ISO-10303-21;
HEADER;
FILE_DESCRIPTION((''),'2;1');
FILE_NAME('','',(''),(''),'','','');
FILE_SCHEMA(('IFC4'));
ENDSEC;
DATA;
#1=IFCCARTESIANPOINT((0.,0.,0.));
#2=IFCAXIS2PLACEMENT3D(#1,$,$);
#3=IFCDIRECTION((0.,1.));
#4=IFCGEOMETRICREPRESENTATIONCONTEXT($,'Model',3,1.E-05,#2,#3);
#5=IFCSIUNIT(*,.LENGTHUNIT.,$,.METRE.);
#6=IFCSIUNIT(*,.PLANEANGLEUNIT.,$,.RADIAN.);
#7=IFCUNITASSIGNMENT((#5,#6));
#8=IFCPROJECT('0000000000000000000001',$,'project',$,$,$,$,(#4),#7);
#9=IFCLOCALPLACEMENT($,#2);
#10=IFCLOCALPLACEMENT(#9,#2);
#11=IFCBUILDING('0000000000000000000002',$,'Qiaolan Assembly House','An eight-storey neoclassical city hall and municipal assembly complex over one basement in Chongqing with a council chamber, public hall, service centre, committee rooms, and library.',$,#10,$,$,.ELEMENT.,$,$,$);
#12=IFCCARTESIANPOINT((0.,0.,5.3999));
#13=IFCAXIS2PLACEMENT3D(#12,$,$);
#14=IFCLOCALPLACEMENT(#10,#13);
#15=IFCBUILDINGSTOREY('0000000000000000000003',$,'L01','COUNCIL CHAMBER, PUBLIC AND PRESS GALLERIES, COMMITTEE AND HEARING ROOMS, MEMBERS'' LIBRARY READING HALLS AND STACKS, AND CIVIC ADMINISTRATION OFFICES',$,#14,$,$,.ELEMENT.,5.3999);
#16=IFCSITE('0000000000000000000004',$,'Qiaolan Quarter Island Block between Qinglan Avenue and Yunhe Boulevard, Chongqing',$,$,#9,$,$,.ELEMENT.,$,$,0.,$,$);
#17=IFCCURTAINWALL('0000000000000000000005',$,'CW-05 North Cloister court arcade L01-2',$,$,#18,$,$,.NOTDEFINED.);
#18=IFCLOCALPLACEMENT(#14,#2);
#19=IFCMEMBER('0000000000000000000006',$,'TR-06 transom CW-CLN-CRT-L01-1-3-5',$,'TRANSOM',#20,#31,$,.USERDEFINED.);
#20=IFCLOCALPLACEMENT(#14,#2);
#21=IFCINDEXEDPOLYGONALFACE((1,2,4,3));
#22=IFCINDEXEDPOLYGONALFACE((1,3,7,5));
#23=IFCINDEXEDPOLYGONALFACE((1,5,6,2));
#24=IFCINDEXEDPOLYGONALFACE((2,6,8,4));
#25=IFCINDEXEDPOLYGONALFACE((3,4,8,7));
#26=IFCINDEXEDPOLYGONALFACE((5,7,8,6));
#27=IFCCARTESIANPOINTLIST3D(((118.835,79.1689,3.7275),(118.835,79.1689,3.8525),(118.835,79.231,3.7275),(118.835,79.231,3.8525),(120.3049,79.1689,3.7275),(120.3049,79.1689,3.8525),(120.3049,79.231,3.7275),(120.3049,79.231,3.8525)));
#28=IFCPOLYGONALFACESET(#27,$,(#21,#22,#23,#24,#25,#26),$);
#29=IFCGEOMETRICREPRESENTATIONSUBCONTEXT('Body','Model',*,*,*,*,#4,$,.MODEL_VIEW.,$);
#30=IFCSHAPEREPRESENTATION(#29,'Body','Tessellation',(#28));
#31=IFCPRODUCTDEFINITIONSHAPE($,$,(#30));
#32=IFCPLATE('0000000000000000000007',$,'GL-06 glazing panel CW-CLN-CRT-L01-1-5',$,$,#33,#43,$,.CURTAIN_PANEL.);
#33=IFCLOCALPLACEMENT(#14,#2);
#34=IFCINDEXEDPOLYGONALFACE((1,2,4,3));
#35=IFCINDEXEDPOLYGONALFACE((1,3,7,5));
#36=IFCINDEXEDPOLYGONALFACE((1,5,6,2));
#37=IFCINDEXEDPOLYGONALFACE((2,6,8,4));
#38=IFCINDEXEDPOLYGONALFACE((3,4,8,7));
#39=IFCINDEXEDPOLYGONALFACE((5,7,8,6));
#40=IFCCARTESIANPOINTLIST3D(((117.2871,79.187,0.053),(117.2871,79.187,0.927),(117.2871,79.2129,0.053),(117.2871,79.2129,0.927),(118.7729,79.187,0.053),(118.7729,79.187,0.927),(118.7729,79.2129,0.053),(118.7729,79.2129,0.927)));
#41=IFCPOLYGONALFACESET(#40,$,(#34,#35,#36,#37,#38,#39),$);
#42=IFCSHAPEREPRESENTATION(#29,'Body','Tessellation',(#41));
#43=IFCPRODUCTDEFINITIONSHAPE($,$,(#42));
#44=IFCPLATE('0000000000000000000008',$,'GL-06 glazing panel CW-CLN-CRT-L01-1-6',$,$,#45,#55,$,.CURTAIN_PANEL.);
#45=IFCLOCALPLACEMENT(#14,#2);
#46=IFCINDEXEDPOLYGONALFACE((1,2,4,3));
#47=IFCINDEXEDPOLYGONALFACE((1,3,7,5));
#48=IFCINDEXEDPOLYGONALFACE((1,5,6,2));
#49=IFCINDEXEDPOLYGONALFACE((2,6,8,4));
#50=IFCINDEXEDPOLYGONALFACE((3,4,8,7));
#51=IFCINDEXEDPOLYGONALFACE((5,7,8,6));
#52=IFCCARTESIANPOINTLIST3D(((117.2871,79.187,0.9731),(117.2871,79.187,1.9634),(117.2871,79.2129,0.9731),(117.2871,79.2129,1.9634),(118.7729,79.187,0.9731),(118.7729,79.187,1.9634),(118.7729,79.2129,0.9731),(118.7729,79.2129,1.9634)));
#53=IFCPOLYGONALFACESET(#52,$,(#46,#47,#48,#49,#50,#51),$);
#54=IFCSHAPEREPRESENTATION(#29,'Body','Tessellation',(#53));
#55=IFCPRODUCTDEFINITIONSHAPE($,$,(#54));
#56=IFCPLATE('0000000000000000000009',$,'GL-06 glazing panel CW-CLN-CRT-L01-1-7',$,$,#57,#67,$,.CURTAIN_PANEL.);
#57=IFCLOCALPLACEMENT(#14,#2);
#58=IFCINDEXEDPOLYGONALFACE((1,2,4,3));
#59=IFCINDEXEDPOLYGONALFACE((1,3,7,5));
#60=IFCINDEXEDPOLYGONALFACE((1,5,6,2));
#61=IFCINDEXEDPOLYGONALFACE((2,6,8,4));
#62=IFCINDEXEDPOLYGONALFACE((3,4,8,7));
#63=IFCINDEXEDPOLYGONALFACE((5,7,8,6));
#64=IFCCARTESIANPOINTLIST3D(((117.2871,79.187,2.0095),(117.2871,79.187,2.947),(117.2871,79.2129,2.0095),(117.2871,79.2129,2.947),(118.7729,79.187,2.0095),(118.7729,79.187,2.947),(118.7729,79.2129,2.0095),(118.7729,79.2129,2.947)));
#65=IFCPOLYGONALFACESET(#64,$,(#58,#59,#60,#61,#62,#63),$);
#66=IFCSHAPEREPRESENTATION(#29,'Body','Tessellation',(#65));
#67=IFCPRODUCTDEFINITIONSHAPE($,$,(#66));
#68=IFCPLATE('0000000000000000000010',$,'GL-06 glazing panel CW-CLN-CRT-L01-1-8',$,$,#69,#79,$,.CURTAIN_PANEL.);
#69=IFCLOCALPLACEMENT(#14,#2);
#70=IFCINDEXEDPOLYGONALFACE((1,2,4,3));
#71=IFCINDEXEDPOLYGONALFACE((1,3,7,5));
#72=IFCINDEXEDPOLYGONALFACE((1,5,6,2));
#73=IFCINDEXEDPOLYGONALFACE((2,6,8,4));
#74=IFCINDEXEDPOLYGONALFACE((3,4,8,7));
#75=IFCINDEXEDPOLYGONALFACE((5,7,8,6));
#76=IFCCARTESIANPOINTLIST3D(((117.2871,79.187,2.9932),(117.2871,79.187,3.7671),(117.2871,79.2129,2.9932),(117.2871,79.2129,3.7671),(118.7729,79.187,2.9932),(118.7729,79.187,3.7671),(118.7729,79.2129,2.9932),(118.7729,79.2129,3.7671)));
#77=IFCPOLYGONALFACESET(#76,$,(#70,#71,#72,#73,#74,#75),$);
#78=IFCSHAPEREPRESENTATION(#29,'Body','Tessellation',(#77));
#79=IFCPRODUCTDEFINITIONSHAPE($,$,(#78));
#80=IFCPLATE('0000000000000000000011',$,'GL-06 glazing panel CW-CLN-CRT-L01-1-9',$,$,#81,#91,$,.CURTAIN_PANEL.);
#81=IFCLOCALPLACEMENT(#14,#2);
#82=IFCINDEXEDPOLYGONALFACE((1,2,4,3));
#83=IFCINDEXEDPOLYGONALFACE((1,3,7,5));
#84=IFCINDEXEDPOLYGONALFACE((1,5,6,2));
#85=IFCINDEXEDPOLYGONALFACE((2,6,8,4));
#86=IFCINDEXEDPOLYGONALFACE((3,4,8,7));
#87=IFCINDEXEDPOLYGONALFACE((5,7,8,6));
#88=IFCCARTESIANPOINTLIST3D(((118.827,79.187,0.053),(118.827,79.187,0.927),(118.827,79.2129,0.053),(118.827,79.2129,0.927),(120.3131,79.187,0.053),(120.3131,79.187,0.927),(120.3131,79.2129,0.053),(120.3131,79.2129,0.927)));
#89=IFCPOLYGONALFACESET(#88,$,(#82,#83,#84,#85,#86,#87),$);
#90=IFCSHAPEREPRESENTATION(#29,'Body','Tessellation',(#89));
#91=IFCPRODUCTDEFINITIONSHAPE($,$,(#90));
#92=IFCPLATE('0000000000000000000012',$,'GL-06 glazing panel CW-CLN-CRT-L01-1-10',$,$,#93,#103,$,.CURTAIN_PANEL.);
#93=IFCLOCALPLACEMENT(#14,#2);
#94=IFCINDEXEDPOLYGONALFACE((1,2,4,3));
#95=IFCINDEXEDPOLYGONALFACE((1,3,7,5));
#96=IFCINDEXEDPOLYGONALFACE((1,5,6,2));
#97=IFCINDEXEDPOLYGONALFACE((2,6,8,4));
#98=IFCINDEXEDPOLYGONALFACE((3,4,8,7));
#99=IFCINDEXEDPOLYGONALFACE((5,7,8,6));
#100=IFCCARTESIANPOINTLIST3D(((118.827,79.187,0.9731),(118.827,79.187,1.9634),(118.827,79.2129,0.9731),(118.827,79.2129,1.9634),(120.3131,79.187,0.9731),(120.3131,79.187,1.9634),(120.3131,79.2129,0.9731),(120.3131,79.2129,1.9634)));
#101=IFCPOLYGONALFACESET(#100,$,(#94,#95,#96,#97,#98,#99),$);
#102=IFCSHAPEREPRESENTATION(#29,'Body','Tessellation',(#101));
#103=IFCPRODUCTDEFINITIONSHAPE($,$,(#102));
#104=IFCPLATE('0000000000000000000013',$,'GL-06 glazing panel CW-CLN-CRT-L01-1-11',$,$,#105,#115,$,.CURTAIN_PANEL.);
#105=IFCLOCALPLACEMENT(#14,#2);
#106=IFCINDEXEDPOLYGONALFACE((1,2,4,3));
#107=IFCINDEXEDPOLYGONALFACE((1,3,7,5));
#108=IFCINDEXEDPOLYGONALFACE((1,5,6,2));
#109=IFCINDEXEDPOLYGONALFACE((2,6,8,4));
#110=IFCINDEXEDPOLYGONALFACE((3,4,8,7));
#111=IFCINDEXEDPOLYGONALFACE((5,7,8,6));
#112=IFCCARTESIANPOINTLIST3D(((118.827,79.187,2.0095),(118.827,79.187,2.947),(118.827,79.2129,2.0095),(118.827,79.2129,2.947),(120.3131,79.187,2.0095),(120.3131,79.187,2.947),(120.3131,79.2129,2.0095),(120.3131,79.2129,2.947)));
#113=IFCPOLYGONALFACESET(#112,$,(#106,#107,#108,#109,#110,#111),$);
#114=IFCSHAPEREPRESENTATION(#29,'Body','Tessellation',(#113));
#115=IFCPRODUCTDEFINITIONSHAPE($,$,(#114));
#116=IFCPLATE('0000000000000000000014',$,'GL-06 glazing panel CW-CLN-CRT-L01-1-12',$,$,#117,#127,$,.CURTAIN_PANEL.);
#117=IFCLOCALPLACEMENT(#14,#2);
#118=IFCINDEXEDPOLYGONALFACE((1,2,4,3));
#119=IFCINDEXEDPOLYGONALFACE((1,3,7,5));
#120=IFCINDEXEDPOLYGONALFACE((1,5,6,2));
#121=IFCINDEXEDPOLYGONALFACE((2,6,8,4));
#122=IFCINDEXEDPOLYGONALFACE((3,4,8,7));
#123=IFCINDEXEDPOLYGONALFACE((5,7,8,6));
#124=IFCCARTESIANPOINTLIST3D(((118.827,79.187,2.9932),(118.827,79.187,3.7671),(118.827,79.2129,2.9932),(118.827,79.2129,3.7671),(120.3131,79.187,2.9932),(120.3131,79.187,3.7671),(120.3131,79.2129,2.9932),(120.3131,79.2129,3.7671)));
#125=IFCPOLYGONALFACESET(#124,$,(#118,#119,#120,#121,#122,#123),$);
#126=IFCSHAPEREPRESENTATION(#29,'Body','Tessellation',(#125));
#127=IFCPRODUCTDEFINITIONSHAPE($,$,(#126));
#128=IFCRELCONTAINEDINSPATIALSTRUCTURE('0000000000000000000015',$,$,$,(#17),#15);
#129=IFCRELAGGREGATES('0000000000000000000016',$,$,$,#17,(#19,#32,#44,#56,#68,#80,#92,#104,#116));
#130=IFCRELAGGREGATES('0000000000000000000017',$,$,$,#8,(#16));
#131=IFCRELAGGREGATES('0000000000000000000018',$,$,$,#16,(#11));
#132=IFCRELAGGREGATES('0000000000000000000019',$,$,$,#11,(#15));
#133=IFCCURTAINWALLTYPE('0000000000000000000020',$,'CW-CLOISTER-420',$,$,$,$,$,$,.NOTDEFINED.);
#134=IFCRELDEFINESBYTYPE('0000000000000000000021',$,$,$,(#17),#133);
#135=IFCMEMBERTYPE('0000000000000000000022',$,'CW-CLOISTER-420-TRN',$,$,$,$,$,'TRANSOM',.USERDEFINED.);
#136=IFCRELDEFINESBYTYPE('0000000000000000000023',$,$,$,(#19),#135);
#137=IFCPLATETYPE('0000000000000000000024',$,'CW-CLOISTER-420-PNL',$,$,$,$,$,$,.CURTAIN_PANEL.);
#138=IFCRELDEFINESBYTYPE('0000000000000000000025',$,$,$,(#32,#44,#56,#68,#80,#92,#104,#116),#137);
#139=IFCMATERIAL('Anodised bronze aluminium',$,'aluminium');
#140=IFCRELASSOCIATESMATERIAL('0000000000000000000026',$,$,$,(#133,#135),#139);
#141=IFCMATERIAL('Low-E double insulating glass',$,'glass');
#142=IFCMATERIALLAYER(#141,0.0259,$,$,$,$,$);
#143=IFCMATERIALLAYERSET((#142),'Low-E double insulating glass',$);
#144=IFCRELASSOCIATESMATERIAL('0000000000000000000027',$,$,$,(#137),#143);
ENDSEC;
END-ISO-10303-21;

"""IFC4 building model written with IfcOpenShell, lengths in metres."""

from ifc_helpers import new_model, si_unit, direction, frame, frame_2d, origin, origin_2d, place, context, subcontext, project, spatial, rectangle, extrude, material, layer, layer_set, material_profile, profile_set, type_object, element, aggregate, save


model = new_model("IFC4")

# Units and contexts
model_context = context("Model", 3, precision=1e-05, world=origin(), true_north=direction((0.0, 1.0)))
body_context = subcontext(model_context, "Body", "Model", "MODEL_VIEW")
ifc_project = project(units=[si_unit("LENGTHUNIT", "METRE"), si_unit("PLANEANGLEUNIT", "RADIAN")], contexts=[model_context])

# Site, building, storey
site_placement = place(None, origin())
site = spatial("IfcSite", under=ifc_project, at=site_placement, Name="Qiaolan Quarter Island Block between Qinglan Avenue and Yunhe Boulevard, Chongqing", CompositionType="ELEMENT", RefElevation=0.0)
building_placement = place(site_placement, origin())
building = spatial("IfcBuilding", under=site, at=building_placement, Name="Qiaolan Assembly House", Description="An eight-storey neoclassical city hall and municipal assembly complex over one basement in Chongqing with a council chamber, public hall, service centre, committee rooms, and library.", CompositionType="ELEMENT")
storey_placement = place(building_placement, frame((0.0, 0.0, 5.3999)))
storey = spatial("IfcBuildingStorey", under=building, at=storey_placement, Name="L01", Description="COUNCIL CHAMBER, PUBLIC AND PRESS GALLERIES, COMMITTEE AND HEARING ROOMS, MEMBERS' LIBRARY READING HALLS AND STACKS, AND CIVIC ADMINISTRATION OFFICES", CompositionType="ELEMENT", Elevation=5.3999)

# Curtain wall, member, plates
ifc_material_1 = material(Name="Anodised bronze aluminium", Category="aluminium")
curtain_wall_type = type_object("IfcCurtainWallType", Name="CW-CLOISTER-420", PredefinedType="NOTDEFINED", material=ifc_material_1)
curtain_wall_placement = place(storey_placement, origin())
curtain_wall = element("IfcCurtainWall", 1, at=curtain_wall_placement, inside=storey, type_object=curtain_wall_type, Name="CW-05 North Cloister court arcade L01-2", PredefinedType="NOTDEFINED")
ifc_material_profile_1 = material_profile(ifc_material_1, rectangle(XDim=0.062, YDim=0.125, at=origin_2d()), Name="TRN 62x125")
ifc_profile_set_1 = profile_set([ifc_material_profile_1], Name="Anodised bronze aluminium")
member_type_1 = type_object("IfcMemberType", Name="CW-CLOISTER-420-TRN", ElementType="TRANSOM", PredefinedType="USERDEFINED", material=ifc_profile_set_1)
member_1_placement = place(storey_placement, frame((118.835, 79.2, 3.79), z_axis=(1.0, 0.0, 0.0), x_axis=(0.0, 1.0, 0.0)))
member_1 = element("IfcMember", 2, at=member_1_placement, type_object=member_type_1, Name="TR-06 transom CW-CLN-CRT-L01-1-3-5", ObjectType="TRANSOM", PredefinedType="USERDEFINED", context=body_context, shape_type="SweptSolid", body=[
    extrude(rectangle(XDim=0.062, YDim=0.125, at=origin_2d()), origin(), (0.0, 0.0, 1.0), 1.47),
])
ifc_material_2 = material(Name="Low-E double insulating glass", Category="glass")
ifc_layer = layer(ifc_material_2, 0.0259)
ifc_layer_set = layer_set([ifc_layer], Name="Low-E double insulating glass")
plate_type = type_object("IfcPlateType", Name="CW-CLOISTER-420-PNL", PredefinedType="CURTAIN_PANEL", material=ifc_layer_set)
plate_1_placement = place(storey_placement, frame((117.2871, 79.2, 0.053), z_axis=(0.0, 0.0, 1.0), x_axis=(1.0, 0.0, 0.0)))
plate_1 = element("IfcPlate", 3, at=plate_1_placement, type_object=plate_type, Name="GL-06 glazing panel CW-CLN-CRT-L01-1-5", PredefinedType="CURTAIN_PANEL", context=body_context, shape_type="SweptSolid", body=[
    extrude(rectangle(XDim=1.4858, YDim=0.0259, at=frame_2d((0.7429, 0.0))), origin(), (0.0, 0.0, 1.0), 0.874),
])
plate_2_placement = place(storey_placement, frame((117.2871, 79.2, 0.9731), z_axis=(0.0, 0.0, 1.0), x_axis=(1.0, 0.0, 0.0)))
plate_2 = element("IfcPlate", 4, at=plate_2_placement, type_object=plate_type, Name="GL-06 glazing panel CW-CLN-CRT-L01-1-6", PredefinedType="CURTAIN_PANEL", context=body_context, shape_type="SweptSolid", body=[
    extrude(rectangle(XDim=1.4858, YDim=0.0259, at=frame_2d((0.7429, 0.0))), origin(), (0.0, 0.0, 1.0), 0.9902),
])
plate_3_placement = place(storey_placement, frame((117.2871, 79.2, 2.0095), z_axis=(0.0, 0.0, 1.0), x_axis=(1.0, 0.0, 0.0)))
plate_3 = element("IfcPlate", 5, at=plate_3_placement, type_object=plate_type, Name="GL-06 glazing panel CW-CLN-CRT-L01-1-7", PredefinedType="CURTAIN_PANEL", context=body_context, shape_type="SweptSolid", body=[
    extrude(rectangle(XDim=1.4858, YDim=0.0259, at=frame_2d((0.7429, 0.0))), origin(), (0.0, 0.0, 1.0), 0.9375),
])
plate_4_placement = place(storey_placement, frame((117.2871, 79.2, 2.9932), z_axis=(0.0, 0.0, 1.0), x_axis=(1.0, 0.0, 0.0)))
plate_4 = element("IfcPlate", 6, at=plate_4_placement, type_object=plate_type, Name="GL-06 glazing panel CW-CLN-CRT-L01-1-8", PredefinedType="CURTAIN_PANEL", context=body_context, shape_type="SweptSolid", body=[
    extrude(rectangle(XDim=1.4858, YDim=0.0259, at=frame_2d((0.7429, 0.0))), origin(), (0.0, 0.0, 1.0), 0.7739),
])
plate_5_placement = place(storey_placement, frame((118.8269, 79.2, 0.053), z_axis=(0.0, 0.0, 1.0), x_axis=(1.0, 0.0, 0.0)))
plate_5 = element("IfcPlate", 7, at=plate_5_placement, type_object=plate_type, Name="GL-06 glazing panel CW-CLN-CRT-L01-1-9", PredefinedType="CURTAIN_PANEL", context=body_context, shape_type="SweptSolid", body=[
    extrude(rectangle(XDim=1.4861, YDim=0.0259, at=frame_2d((0.7432, 0.0))), origin(), (0.0, 0.0, 1.0), 0.874),
])
plate_6_placement = place(storey_placement, frame((118.8269, 79.2, 0.9731), z_axis=(0.0, 0.0, 1.0), x_axis=(1.0, 0.0, 0.0)))
plate_6 = element("IfcPlate", 8, at=plate_6_placement, type_object=plate_type, Name="GL-06 glazing panel CW-CLN-CRT-L01-1-10", PredefinedType="CURTAIN_PANEL", context=body_context, shape_type="SweptSolid", body=[
    extrude(rectangle(XDim=1.4861, YDim=0.0259, at=frame_2d((0.7432, 0.0))), origin(), (0.0, 0.0, 1.0), 0.9902),
])
plate_7_placement = place(storey_placement, frame((118.8269, 79.2, 2.0095), z_axis=(0.0, 0.0, 1.0), x_axis=(1.0, 0.0, 0.0)))
plate_7 = element("IfcPlate", 9, at=plate_7_placement, type_object=plate_type, Name="GL-06 glazing panel CW-CLN-CRT-L01-1-11", PredefinedType="CURTAIN_PANEL", context=body_context, shape_type="SweptSolid", body=[
    extrude(rectangle(XDim=1.4861, YDim=0.0259, at=frame_2d((0.7432, 0.0))), origin(), (0.0, 0.0, 1.0), 0.9375),
])
plate_8_placement = place(storey_placement, frame((118.8269, 79.2, 2.9932), z_axis=(0.0, 0.0, 1.0), x_axis=(1.0, 0.0, 0.0)))
plate_8 = element("IfcPlate", 10, at=plate_8_placement, type_object=plate_type, Name="GL-06 glazing panel CW-CLN-CRT-L01-1-12", PredefinedType="CURTAIN_PANEL", context=body_context, shape_type="SweptSolid", body=[
    extrude(rectangle(XDim=1.4861, YDim=0.0259, at=frame_2d((0.7432, 0.0))), origin(), (0.0, 0.0, 1.0), 0.7739),
])
aggregate(curtain_wall, [member_1, plate_1, plate_2, plate_3, plate_4, plate_5, plate_6, plate_7, plate_8])

save(model, "model.ifc")
